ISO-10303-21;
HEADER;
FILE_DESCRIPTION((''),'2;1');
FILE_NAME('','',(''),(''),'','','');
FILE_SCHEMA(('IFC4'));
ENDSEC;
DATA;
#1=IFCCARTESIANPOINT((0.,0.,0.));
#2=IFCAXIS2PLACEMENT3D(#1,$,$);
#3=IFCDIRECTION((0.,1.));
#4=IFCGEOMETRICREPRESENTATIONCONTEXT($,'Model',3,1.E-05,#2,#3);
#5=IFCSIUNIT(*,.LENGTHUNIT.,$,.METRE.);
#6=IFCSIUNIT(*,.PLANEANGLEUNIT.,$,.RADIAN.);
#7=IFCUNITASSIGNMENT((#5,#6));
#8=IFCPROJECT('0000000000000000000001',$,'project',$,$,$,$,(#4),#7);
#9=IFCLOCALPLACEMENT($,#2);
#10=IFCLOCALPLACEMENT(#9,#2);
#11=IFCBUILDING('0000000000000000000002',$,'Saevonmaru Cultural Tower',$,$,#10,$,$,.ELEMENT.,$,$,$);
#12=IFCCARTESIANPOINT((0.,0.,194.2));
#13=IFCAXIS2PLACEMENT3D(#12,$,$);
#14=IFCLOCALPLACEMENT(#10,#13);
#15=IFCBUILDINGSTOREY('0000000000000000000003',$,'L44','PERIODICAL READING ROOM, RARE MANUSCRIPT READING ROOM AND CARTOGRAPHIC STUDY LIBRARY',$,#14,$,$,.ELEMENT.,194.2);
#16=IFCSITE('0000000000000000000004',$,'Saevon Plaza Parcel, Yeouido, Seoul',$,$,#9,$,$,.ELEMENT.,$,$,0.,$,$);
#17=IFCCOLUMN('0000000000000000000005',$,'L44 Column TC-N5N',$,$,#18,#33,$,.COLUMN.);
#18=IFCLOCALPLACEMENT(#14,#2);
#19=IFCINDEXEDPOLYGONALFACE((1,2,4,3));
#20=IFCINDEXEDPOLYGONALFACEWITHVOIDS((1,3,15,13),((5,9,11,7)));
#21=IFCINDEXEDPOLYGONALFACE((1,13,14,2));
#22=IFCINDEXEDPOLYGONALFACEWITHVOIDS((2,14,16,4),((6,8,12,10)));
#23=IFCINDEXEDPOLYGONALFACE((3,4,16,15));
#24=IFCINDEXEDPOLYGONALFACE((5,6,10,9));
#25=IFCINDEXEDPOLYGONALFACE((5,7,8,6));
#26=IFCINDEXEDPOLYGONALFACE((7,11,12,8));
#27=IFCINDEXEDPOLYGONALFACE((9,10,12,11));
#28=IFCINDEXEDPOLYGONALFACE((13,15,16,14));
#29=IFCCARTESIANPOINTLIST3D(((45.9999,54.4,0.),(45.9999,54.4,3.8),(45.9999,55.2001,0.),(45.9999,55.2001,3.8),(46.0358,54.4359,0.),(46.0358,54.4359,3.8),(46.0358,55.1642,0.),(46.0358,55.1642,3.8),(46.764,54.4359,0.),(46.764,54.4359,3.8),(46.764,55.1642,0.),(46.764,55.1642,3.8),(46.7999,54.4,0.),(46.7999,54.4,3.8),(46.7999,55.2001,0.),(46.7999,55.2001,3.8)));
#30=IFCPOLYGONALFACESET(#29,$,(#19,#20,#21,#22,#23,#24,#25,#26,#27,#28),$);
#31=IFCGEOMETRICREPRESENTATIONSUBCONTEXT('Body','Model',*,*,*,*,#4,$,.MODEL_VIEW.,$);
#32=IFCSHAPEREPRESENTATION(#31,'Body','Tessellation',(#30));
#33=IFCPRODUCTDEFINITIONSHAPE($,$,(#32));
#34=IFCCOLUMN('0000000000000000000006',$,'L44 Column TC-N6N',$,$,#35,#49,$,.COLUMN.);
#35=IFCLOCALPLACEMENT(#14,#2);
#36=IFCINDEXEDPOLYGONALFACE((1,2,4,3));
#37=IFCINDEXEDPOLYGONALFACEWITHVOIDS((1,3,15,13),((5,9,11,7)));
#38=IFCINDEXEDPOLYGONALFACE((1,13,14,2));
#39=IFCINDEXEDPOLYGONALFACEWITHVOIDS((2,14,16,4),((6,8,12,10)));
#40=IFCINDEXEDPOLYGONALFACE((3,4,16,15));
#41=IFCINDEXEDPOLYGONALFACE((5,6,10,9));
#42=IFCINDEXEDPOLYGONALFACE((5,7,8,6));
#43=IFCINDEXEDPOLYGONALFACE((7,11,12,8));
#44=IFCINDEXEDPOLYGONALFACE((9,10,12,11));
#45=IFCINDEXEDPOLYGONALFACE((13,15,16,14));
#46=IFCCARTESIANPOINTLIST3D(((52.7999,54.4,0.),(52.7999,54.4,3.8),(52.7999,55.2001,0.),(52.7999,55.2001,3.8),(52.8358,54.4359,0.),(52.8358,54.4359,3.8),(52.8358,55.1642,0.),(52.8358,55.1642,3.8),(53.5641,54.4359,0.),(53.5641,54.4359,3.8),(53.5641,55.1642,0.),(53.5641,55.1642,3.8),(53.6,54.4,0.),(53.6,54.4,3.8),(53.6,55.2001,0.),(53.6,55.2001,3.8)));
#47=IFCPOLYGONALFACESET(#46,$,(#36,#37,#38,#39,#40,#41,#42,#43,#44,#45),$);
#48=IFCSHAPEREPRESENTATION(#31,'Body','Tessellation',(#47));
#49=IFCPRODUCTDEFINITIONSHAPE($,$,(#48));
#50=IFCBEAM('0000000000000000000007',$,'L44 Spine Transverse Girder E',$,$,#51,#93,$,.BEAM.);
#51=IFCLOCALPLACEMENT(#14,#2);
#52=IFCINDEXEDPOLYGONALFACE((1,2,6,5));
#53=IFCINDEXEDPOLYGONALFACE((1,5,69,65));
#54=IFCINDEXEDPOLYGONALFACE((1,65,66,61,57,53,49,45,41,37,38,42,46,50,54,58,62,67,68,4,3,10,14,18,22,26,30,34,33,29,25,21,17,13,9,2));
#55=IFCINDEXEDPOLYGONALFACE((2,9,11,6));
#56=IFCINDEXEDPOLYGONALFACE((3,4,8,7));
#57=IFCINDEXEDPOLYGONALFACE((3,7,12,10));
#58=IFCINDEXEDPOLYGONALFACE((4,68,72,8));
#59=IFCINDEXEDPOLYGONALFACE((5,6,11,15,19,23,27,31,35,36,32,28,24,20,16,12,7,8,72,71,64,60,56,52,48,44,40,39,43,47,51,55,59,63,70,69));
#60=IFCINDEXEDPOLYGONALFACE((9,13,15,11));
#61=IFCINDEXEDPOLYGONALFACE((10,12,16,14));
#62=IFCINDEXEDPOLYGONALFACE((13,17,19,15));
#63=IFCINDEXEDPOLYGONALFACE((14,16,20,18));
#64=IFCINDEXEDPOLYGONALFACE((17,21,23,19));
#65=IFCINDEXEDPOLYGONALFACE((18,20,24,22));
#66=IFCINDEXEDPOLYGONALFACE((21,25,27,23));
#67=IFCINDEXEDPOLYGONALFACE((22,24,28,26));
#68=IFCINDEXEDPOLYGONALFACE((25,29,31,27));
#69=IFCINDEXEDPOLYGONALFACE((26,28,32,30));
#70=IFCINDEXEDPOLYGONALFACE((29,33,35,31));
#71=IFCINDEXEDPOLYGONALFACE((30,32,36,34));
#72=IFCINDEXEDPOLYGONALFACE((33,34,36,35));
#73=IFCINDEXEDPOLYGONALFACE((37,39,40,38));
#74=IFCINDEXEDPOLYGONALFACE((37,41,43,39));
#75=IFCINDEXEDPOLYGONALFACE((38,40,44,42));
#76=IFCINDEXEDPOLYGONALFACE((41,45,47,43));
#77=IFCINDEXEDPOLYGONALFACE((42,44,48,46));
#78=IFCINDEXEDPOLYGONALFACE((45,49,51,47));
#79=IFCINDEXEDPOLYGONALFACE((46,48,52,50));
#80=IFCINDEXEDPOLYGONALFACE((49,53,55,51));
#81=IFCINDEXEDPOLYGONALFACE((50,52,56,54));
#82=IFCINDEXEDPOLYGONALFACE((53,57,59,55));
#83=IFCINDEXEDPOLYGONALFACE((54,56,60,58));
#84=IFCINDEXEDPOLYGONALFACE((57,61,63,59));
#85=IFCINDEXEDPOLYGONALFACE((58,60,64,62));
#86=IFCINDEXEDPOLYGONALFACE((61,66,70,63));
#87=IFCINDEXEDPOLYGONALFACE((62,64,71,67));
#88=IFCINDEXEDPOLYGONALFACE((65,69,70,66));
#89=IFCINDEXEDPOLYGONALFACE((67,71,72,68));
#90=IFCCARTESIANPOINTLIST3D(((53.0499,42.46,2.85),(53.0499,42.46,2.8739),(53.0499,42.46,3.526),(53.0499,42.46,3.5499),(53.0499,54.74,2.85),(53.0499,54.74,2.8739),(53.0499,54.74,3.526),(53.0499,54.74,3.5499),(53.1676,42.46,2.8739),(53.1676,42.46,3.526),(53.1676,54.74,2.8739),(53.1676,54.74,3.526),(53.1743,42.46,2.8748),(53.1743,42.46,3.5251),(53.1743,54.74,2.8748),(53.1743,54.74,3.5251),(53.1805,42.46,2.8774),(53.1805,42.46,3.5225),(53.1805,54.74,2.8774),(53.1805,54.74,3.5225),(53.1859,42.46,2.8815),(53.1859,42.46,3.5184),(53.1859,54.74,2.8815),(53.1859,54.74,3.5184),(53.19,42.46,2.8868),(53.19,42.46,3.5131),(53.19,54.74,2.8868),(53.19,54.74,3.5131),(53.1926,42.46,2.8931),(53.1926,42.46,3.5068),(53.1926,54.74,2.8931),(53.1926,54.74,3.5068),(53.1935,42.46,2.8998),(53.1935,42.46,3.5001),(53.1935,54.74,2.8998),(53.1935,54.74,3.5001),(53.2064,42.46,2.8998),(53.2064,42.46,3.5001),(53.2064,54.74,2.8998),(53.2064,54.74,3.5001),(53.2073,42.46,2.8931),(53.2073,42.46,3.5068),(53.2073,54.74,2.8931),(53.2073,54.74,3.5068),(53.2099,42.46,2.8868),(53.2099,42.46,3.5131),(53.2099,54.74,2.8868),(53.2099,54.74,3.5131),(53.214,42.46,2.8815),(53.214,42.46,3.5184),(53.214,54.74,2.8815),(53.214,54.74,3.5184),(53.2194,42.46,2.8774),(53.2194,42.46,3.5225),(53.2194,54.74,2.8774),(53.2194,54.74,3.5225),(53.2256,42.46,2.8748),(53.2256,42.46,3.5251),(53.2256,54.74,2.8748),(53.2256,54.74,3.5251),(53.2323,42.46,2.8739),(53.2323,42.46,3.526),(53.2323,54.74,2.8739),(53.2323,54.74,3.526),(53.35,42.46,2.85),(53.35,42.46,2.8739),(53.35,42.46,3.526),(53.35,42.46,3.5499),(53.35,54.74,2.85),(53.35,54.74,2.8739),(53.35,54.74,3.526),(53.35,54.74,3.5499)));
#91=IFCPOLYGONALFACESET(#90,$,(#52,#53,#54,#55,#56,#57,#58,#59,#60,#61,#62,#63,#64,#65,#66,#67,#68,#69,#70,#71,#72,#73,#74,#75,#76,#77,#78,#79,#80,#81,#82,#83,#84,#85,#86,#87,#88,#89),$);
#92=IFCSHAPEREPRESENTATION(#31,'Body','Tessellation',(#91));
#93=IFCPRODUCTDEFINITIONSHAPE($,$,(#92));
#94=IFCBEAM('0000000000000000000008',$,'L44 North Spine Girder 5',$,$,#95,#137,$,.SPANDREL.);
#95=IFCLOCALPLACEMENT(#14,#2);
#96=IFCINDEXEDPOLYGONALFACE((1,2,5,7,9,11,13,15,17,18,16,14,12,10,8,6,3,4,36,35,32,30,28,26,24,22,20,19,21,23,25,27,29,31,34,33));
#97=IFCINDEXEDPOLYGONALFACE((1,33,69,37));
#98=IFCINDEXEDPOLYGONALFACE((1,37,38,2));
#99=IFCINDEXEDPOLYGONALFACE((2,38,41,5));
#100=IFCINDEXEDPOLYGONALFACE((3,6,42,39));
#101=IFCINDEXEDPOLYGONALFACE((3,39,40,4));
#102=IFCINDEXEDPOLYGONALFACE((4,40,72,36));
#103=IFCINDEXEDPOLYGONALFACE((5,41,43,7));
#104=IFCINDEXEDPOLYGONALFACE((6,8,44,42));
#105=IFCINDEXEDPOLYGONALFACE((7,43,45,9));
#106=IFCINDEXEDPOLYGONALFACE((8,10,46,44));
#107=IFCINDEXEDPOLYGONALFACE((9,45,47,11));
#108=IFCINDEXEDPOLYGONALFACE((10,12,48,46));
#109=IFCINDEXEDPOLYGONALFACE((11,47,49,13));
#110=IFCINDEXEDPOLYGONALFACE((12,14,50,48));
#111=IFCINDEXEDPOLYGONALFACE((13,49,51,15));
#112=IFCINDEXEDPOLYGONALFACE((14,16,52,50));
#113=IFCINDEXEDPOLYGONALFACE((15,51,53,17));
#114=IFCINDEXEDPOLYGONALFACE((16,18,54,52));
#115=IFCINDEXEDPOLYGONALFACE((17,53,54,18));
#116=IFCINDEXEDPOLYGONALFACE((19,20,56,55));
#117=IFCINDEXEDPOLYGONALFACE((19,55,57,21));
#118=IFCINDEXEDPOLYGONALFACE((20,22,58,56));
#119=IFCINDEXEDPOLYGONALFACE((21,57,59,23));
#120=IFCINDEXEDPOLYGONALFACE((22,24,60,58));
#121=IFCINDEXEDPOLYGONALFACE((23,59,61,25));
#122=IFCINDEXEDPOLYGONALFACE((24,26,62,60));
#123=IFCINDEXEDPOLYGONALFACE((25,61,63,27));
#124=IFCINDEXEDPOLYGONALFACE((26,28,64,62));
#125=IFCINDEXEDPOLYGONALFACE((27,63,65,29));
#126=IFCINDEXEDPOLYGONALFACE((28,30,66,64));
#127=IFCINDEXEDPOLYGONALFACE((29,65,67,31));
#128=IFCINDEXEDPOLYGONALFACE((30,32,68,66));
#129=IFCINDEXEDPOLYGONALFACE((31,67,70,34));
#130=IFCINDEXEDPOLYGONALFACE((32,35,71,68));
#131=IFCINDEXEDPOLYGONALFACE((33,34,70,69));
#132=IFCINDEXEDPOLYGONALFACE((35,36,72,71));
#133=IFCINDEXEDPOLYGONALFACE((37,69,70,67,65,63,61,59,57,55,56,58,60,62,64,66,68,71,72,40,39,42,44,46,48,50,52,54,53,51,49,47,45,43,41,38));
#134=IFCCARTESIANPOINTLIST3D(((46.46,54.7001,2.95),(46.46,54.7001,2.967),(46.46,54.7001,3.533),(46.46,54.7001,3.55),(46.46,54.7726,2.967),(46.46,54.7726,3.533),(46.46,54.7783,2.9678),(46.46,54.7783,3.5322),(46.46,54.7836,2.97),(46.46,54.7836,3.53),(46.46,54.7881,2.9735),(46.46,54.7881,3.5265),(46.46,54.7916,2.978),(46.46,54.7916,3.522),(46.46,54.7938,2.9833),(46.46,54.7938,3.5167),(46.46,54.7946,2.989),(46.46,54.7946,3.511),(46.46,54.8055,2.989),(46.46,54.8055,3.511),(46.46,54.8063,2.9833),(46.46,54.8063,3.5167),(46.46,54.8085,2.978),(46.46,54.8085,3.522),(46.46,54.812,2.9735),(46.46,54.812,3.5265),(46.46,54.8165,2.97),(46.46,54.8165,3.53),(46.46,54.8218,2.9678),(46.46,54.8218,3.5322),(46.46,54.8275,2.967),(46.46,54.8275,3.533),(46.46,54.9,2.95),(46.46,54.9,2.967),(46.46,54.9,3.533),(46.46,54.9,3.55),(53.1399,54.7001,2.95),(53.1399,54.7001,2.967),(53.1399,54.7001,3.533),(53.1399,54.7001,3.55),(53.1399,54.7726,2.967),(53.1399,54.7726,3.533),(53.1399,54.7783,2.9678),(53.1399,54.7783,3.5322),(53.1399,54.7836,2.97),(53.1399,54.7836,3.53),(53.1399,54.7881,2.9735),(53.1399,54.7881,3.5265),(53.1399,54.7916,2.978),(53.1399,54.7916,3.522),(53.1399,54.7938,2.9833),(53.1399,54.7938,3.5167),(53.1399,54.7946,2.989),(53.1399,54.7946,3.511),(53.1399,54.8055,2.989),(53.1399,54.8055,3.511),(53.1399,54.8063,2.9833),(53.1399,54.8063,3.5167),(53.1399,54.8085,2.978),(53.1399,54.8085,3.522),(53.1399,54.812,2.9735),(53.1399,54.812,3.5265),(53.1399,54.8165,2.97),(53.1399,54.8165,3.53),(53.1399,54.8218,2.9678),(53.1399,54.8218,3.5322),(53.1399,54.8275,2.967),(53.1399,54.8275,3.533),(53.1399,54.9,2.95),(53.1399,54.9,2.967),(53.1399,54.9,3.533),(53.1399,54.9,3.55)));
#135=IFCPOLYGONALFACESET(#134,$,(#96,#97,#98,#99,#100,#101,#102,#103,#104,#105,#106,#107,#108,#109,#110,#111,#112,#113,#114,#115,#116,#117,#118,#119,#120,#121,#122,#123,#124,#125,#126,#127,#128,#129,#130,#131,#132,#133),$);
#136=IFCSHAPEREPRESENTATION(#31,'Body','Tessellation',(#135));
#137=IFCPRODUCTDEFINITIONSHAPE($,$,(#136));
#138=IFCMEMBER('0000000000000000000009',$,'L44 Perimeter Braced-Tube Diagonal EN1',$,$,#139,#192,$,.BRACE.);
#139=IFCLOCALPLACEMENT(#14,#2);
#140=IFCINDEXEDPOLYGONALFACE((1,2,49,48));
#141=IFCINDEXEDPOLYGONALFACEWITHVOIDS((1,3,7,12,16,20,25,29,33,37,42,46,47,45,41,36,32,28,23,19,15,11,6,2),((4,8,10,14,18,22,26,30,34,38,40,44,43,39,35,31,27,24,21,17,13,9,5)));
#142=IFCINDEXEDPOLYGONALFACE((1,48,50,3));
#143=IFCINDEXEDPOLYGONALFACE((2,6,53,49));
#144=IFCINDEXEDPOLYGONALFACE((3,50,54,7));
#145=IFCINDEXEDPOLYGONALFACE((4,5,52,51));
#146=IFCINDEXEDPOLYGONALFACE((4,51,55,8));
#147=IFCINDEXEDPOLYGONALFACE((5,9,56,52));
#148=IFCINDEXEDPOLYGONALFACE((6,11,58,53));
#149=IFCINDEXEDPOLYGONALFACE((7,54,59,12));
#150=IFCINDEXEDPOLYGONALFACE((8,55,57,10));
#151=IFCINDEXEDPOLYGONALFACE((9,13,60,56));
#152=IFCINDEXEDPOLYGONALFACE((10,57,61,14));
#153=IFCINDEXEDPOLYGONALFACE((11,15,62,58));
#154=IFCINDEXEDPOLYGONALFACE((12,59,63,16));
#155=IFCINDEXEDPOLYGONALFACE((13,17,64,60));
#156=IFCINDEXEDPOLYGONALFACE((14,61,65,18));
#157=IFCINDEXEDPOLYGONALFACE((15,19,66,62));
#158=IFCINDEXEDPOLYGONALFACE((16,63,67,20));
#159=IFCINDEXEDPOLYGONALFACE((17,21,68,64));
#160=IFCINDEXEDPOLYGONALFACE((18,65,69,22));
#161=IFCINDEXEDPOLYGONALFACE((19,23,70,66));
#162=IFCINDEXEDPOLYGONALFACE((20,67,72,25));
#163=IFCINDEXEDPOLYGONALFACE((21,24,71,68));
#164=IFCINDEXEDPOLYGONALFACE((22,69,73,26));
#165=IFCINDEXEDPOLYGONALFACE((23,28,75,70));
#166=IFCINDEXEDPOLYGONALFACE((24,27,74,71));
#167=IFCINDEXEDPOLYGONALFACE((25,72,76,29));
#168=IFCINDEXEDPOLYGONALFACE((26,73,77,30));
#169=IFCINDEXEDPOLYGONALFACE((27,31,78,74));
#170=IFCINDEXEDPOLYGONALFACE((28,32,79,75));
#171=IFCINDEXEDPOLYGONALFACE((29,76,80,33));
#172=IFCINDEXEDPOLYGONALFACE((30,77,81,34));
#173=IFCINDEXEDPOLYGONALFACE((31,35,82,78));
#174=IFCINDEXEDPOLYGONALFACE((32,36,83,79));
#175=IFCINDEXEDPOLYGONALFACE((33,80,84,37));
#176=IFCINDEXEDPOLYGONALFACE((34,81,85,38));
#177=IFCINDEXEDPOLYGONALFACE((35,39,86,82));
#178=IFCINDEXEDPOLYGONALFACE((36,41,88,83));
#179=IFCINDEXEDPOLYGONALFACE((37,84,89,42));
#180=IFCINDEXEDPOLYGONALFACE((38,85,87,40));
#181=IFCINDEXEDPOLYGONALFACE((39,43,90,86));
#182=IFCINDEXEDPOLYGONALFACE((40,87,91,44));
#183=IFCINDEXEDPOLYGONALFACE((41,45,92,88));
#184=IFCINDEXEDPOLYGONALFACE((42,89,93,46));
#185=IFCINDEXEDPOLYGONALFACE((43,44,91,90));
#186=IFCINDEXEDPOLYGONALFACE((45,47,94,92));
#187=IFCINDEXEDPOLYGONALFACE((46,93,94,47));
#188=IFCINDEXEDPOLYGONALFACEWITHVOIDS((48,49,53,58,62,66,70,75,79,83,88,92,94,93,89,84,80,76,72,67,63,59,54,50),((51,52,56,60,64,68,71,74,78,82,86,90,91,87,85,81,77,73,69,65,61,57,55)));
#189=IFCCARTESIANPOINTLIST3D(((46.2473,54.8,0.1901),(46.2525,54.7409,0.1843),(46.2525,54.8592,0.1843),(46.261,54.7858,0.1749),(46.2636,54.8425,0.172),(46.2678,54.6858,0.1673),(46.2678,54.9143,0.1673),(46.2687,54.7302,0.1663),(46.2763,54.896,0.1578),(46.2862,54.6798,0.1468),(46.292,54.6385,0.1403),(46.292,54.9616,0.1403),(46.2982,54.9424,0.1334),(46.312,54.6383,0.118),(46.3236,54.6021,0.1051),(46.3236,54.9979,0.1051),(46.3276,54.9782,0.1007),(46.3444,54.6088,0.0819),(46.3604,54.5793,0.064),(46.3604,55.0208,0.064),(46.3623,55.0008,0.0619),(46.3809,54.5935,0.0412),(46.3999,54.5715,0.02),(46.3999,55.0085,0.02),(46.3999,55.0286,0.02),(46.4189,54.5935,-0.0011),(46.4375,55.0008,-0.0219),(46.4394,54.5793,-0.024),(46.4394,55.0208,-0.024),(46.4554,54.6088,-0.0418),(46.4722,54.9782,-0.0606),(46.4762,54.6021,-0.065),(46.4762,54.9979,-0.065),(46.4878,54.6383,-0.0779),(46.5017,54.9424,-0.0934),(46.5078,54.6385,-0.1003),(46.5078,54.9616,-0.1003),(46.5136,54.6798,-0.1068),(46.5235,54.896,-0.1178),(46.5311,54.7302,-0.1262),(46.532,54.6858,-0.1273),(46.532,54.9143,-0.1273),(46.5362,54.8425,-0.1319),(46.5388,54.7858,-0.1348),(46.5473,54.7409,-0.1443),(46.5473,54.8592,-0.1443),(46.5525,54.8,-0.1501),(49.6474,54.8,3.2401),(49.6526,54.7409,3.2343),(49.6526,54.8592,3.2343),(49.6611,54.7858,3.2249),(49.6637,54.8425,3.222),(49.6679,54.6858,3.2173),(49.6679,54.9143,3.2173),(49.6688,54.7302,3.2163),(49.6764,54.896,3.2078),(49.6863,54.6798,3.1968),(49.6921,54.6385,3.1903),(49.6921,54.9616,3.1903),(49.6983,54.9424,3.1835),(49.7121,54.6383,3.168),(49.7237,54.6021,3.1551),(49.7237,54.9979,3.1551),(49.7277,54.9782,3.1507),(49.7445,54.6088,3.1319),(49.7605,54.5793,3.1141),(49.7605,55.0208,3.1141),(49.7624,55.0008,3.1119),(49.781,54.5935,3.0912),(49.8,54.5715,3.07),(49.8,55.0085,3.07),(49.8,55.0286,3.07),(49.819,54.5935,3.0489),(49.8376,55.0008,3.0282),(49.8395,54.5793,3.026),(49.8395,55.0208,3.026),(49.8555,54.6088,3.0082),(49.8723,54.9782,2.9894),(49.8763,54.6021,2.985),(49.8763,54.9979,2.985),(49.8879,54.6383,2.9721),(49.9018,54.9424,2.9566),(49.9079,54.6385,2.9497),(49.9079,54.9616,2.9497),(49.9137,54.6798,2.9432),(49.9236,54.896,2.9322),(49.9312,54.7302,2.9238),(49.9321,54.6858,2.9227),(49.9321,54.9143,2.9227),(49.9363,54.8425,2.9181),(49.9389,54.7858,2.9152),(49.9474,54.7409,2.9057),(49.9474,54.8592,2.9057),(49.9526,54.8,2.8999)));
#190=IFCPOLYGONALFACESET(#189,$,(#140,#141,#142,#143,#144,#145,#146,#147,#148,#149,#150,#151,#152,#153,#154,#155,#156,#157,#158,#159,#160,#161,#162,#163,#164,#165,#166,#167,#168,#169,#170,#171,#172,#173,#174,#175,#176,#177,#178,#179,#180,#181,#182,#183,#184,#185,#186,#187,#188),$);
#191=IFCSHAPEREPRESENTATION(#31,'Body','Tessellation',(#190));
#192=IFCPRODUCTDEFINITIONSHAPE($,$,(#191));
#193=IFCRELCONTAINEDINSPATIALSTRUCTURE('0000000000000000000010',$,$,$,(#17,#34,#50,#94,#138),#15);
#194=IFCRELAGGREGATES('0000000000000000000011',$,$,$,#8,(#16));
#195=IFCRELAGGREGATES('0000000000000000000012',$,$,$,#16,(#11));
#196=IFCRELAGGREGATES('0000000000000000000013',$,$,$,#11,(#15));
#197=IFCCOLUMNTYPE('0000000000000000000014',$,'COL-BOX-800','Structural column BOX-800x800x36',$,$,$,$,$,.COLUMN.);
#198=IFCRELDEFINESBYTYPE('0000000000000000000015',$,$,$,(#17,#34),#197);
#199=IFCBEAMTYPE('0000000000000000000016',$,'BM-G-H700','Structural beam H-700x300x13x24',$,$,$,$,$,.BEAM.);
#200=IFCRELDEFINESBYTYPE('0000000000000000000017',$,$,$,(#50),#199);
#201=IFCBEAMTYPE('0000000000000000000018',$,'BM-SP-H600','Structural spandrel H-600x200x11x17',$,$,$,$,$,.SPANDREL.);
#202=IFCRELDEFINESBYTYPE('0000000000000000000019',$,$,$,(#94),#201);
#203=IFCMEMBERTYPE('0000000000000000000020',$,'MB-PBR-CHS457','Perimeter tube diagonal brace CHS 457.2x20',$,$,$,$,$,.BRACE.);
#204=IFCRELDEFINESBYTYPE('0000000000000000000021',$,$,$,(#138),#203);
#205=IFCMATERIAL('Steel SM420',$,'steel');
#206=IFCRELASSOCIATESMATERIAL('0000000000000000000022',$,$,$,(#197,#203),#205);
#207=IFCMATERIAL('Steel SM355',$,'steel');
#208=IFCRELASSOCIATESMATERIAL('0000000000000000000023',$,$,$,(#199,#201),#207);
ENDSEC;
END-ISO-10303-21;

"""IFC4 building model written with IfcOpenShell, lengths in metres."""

from ifc_helpers import new_model, si_unit, direction, frame, origin, origin_2d, place, context, subcontext, project, spatial, hollow_rectangle, hollow_circle, i_section, extrude, material, material_profile, profile_set, type_object, element, save


model = new_model("IFC4")

# Units and contexts
model_context = context("Model", 3, precision=1e-05, world=origin(), true_north=direction((0.0, 1.0)))
body_context = subcontext(model_context, "Body", "Model", "MODEL_VIEW")
ifc_project = project(units=[si_unit("LENGTHUNIT", "METRE"), si_unit("PLANEANGLEUNIT", "RADIAN")], contexts=[model_context])

# Site, building, storey
site_placement = place(None, origin())
site = spatial("IfcSite", under=ifc_project, at=site_placement, Name="Saevon Plaza Parcel, Yeouido, Seoul", CompositionType="ELEMENT", RefElevation=0.0)
building_placement = place(site_placement, origin())
building = spatial("IfcBuilding", under=site, at=building_placement, Name="Saevonmaru Cultural Tower", CompositionType="ELEMENT")
storey_placement = place(building_placement, frame((0.0, 0.0, 194.2)))
storey = spatial("IfcBuildingStorey", under=building, at=storey_placement, Name="L44", Description="PERIODICAL READING ROOM, RARE MANUSCRIPT READING ROOM AND CARTOGRAPHIC STUDY LIBRARY", CompositionType="ELEMENT", Elevation=194.2)

# Columns
ifc_material_1 = material(Name="Steel SM420", Category="steel")
ifc_material_profile_1 = material_profile(ifc_material_1, hollow_rectangle(XDim=0.8, YDim=0.8, WallThickness=0.0359, at=origin_2d()), Name="BOX-800x800x36")
ifc_profile_set_1 = profile_set([ifc_material_profile_1], Name="Steel SM420")
column_type = type_object("IfcColumnType", Name="COL-BOX-800", Description="Structural column BOX-800x800x36", PredefinedType="COLUMN", material=ifc_profile_set_1)
for number, where, z_axis, x_axis, name in (
    (1, (46.3999, 54.8, 0.0), (0.0, 0.0, 1.0), (1.0, 0.0, 0.0), "L44 Column TC-N5N"),
    (2, (53.2, 54.8, 0.0), (0.0, 0.0, 1.0), (1.0, 0.0, 0.0), "L44 Column TC-N6N"),
):
    element("IfcColumn", number, at=place(storey_placement, frame(where, z_axis=z_axis, x_axis=x_axis)), inside=storey, type_object=column_type, Name=name, PredefinedType="COLUMN", context=body_context, shape_type="SweptSolid", body=[
        extrude(hollow_rectangle(XDim=0.8, YDim=0.8, WallThickness=0.0359, at=origin_2d()), origin(), (0.0, 0.0, 1.0), 3.8),
    ])

# Beams
ifc_material_2 = material(Name="Steel SM355", Category="steel")
ifc_material_profile_2 = material_profile(ifc_material_2, i_section(OverallWidth=0.3, OverallDepth=0.7, WebThickness=0.0129, FlangeThickness=0.0239, FilletRadius=0.0259, at=origin_2d()), Name="H-700x300x13x24")
ifc_profile_set_2 = profile_set([ifc_material_profile_2], Name="Steel SM355")
beam_type_1 = type_object("IfcBeamType", Name="BM-G-H700", Description="Structural beam H-700x300x13x24", PredefinedType="BEAM", material=ifc_profile_set_2)
beam_1_placement = place(storey_placement, frame((53.2, 54.74, 3.2), z_axis=(0.0, -1.0, 0.0), x_axis=(1.0, 0.0, 0.0)))
element("IfcBeam", 3, at=beam_1_placement, inside=storey, type_object=beam_type_1, Name="L44 Spine Transverse Girder E", PredefinedType="BEAM", context=body_context, shape_type="SweptSolid", body=[
    extrude(i_section(OverallWidth=0.3, OverallDepth=0.7, WebThickness=0.0129, FlangeThickness=0.0239, FilletRadius=0.0259, at=origin_2d()), origin(), (0.0, 0.0, 1.0), 12.28),
])
ifc_material_profile_3 = material_profile(ifc_material_2, i_section(OverallWidth=0.2, OverallDepth=0.6001, WebThickness=0.011, FlangeThickness=0.0171, FilletRadius=0.022, at=origin_2d()), Name="H-600x200x11x17")
ifc_profile_set_3 = profile_set([ifc_material_profile_3], Name="Steel SM355")
beam_type_2 = type_object("IfcBeamType", Name="BM-SP-H600", Description="Structural spandrel H-600x200x11x17", PredefinedType="SPANDREL", material=ifc_profile_set_3)
beam_2_placement = place(storey_placement, frame((46.46, 54.8, 3.25), z_axis=(1.0, 0.0, 0.0), x_axis=(0.0, 1.0, 0.0)))
element("IfcBeam", 4, at=beam_2_placement, inside=storey, type_object=beam_type_2, Name="L44 North Spine Girder 5", PredefinedType="SPANDREL", context=body_context, shape_type="SweptSolid", body=[
    extrude(i_section(OverallWidth=0.2, OverallDepth=0.6001, WebThickness=0.011, FlangeThickness=0.0171, FilletRadius=0.022, at=origin_2d()), origin(), (0.0, 0.0, 1.0), 6.6799),
])

# Member
ifc_material_profile_4 = material_profile(ifc_material_1, hollow_circle(Radius=0.2285, WallThickness=0.02, at=origin_2d()), Name="CHS-457.2x20")
ifc_profile_set_4 = profile_set([ifc_material_profile_4], Name="Steel SM420")
member_type_1 = type_object("IfcMemberType", Name="MB-PBR-CHS457", Description="Perimeter tube diagonal brace CHS 457.2x20", PredefinedType="BRACE", material=ifc_profile_set_4)
for number, where, z_axis, x_axis, name in (
    (5, (46.3999, 54.8, 0.02), (0.744391, 0.0, 0.667744), (0.0, 1.0, 0.0), "L44 Perimeter Braced-Tube Diagonal EN1"),
):
    element("IfcMember", number, at=place(storey_placement, frame(where, z_axis=z_axis, x_axis=x_axis)), inside=storey, type_object=member_type_1, Name=name, PredefinedType="BRACE", context=body_context, shape_type="SweptSolid", body=[
        extrude(hollow_circle(Radius=0.2285, WallThickness=0.02, at=origin_2d()), origin(), (0.0, 0.0, 1.0), 4.5676),
    ])

save(model, "model.ifc")
